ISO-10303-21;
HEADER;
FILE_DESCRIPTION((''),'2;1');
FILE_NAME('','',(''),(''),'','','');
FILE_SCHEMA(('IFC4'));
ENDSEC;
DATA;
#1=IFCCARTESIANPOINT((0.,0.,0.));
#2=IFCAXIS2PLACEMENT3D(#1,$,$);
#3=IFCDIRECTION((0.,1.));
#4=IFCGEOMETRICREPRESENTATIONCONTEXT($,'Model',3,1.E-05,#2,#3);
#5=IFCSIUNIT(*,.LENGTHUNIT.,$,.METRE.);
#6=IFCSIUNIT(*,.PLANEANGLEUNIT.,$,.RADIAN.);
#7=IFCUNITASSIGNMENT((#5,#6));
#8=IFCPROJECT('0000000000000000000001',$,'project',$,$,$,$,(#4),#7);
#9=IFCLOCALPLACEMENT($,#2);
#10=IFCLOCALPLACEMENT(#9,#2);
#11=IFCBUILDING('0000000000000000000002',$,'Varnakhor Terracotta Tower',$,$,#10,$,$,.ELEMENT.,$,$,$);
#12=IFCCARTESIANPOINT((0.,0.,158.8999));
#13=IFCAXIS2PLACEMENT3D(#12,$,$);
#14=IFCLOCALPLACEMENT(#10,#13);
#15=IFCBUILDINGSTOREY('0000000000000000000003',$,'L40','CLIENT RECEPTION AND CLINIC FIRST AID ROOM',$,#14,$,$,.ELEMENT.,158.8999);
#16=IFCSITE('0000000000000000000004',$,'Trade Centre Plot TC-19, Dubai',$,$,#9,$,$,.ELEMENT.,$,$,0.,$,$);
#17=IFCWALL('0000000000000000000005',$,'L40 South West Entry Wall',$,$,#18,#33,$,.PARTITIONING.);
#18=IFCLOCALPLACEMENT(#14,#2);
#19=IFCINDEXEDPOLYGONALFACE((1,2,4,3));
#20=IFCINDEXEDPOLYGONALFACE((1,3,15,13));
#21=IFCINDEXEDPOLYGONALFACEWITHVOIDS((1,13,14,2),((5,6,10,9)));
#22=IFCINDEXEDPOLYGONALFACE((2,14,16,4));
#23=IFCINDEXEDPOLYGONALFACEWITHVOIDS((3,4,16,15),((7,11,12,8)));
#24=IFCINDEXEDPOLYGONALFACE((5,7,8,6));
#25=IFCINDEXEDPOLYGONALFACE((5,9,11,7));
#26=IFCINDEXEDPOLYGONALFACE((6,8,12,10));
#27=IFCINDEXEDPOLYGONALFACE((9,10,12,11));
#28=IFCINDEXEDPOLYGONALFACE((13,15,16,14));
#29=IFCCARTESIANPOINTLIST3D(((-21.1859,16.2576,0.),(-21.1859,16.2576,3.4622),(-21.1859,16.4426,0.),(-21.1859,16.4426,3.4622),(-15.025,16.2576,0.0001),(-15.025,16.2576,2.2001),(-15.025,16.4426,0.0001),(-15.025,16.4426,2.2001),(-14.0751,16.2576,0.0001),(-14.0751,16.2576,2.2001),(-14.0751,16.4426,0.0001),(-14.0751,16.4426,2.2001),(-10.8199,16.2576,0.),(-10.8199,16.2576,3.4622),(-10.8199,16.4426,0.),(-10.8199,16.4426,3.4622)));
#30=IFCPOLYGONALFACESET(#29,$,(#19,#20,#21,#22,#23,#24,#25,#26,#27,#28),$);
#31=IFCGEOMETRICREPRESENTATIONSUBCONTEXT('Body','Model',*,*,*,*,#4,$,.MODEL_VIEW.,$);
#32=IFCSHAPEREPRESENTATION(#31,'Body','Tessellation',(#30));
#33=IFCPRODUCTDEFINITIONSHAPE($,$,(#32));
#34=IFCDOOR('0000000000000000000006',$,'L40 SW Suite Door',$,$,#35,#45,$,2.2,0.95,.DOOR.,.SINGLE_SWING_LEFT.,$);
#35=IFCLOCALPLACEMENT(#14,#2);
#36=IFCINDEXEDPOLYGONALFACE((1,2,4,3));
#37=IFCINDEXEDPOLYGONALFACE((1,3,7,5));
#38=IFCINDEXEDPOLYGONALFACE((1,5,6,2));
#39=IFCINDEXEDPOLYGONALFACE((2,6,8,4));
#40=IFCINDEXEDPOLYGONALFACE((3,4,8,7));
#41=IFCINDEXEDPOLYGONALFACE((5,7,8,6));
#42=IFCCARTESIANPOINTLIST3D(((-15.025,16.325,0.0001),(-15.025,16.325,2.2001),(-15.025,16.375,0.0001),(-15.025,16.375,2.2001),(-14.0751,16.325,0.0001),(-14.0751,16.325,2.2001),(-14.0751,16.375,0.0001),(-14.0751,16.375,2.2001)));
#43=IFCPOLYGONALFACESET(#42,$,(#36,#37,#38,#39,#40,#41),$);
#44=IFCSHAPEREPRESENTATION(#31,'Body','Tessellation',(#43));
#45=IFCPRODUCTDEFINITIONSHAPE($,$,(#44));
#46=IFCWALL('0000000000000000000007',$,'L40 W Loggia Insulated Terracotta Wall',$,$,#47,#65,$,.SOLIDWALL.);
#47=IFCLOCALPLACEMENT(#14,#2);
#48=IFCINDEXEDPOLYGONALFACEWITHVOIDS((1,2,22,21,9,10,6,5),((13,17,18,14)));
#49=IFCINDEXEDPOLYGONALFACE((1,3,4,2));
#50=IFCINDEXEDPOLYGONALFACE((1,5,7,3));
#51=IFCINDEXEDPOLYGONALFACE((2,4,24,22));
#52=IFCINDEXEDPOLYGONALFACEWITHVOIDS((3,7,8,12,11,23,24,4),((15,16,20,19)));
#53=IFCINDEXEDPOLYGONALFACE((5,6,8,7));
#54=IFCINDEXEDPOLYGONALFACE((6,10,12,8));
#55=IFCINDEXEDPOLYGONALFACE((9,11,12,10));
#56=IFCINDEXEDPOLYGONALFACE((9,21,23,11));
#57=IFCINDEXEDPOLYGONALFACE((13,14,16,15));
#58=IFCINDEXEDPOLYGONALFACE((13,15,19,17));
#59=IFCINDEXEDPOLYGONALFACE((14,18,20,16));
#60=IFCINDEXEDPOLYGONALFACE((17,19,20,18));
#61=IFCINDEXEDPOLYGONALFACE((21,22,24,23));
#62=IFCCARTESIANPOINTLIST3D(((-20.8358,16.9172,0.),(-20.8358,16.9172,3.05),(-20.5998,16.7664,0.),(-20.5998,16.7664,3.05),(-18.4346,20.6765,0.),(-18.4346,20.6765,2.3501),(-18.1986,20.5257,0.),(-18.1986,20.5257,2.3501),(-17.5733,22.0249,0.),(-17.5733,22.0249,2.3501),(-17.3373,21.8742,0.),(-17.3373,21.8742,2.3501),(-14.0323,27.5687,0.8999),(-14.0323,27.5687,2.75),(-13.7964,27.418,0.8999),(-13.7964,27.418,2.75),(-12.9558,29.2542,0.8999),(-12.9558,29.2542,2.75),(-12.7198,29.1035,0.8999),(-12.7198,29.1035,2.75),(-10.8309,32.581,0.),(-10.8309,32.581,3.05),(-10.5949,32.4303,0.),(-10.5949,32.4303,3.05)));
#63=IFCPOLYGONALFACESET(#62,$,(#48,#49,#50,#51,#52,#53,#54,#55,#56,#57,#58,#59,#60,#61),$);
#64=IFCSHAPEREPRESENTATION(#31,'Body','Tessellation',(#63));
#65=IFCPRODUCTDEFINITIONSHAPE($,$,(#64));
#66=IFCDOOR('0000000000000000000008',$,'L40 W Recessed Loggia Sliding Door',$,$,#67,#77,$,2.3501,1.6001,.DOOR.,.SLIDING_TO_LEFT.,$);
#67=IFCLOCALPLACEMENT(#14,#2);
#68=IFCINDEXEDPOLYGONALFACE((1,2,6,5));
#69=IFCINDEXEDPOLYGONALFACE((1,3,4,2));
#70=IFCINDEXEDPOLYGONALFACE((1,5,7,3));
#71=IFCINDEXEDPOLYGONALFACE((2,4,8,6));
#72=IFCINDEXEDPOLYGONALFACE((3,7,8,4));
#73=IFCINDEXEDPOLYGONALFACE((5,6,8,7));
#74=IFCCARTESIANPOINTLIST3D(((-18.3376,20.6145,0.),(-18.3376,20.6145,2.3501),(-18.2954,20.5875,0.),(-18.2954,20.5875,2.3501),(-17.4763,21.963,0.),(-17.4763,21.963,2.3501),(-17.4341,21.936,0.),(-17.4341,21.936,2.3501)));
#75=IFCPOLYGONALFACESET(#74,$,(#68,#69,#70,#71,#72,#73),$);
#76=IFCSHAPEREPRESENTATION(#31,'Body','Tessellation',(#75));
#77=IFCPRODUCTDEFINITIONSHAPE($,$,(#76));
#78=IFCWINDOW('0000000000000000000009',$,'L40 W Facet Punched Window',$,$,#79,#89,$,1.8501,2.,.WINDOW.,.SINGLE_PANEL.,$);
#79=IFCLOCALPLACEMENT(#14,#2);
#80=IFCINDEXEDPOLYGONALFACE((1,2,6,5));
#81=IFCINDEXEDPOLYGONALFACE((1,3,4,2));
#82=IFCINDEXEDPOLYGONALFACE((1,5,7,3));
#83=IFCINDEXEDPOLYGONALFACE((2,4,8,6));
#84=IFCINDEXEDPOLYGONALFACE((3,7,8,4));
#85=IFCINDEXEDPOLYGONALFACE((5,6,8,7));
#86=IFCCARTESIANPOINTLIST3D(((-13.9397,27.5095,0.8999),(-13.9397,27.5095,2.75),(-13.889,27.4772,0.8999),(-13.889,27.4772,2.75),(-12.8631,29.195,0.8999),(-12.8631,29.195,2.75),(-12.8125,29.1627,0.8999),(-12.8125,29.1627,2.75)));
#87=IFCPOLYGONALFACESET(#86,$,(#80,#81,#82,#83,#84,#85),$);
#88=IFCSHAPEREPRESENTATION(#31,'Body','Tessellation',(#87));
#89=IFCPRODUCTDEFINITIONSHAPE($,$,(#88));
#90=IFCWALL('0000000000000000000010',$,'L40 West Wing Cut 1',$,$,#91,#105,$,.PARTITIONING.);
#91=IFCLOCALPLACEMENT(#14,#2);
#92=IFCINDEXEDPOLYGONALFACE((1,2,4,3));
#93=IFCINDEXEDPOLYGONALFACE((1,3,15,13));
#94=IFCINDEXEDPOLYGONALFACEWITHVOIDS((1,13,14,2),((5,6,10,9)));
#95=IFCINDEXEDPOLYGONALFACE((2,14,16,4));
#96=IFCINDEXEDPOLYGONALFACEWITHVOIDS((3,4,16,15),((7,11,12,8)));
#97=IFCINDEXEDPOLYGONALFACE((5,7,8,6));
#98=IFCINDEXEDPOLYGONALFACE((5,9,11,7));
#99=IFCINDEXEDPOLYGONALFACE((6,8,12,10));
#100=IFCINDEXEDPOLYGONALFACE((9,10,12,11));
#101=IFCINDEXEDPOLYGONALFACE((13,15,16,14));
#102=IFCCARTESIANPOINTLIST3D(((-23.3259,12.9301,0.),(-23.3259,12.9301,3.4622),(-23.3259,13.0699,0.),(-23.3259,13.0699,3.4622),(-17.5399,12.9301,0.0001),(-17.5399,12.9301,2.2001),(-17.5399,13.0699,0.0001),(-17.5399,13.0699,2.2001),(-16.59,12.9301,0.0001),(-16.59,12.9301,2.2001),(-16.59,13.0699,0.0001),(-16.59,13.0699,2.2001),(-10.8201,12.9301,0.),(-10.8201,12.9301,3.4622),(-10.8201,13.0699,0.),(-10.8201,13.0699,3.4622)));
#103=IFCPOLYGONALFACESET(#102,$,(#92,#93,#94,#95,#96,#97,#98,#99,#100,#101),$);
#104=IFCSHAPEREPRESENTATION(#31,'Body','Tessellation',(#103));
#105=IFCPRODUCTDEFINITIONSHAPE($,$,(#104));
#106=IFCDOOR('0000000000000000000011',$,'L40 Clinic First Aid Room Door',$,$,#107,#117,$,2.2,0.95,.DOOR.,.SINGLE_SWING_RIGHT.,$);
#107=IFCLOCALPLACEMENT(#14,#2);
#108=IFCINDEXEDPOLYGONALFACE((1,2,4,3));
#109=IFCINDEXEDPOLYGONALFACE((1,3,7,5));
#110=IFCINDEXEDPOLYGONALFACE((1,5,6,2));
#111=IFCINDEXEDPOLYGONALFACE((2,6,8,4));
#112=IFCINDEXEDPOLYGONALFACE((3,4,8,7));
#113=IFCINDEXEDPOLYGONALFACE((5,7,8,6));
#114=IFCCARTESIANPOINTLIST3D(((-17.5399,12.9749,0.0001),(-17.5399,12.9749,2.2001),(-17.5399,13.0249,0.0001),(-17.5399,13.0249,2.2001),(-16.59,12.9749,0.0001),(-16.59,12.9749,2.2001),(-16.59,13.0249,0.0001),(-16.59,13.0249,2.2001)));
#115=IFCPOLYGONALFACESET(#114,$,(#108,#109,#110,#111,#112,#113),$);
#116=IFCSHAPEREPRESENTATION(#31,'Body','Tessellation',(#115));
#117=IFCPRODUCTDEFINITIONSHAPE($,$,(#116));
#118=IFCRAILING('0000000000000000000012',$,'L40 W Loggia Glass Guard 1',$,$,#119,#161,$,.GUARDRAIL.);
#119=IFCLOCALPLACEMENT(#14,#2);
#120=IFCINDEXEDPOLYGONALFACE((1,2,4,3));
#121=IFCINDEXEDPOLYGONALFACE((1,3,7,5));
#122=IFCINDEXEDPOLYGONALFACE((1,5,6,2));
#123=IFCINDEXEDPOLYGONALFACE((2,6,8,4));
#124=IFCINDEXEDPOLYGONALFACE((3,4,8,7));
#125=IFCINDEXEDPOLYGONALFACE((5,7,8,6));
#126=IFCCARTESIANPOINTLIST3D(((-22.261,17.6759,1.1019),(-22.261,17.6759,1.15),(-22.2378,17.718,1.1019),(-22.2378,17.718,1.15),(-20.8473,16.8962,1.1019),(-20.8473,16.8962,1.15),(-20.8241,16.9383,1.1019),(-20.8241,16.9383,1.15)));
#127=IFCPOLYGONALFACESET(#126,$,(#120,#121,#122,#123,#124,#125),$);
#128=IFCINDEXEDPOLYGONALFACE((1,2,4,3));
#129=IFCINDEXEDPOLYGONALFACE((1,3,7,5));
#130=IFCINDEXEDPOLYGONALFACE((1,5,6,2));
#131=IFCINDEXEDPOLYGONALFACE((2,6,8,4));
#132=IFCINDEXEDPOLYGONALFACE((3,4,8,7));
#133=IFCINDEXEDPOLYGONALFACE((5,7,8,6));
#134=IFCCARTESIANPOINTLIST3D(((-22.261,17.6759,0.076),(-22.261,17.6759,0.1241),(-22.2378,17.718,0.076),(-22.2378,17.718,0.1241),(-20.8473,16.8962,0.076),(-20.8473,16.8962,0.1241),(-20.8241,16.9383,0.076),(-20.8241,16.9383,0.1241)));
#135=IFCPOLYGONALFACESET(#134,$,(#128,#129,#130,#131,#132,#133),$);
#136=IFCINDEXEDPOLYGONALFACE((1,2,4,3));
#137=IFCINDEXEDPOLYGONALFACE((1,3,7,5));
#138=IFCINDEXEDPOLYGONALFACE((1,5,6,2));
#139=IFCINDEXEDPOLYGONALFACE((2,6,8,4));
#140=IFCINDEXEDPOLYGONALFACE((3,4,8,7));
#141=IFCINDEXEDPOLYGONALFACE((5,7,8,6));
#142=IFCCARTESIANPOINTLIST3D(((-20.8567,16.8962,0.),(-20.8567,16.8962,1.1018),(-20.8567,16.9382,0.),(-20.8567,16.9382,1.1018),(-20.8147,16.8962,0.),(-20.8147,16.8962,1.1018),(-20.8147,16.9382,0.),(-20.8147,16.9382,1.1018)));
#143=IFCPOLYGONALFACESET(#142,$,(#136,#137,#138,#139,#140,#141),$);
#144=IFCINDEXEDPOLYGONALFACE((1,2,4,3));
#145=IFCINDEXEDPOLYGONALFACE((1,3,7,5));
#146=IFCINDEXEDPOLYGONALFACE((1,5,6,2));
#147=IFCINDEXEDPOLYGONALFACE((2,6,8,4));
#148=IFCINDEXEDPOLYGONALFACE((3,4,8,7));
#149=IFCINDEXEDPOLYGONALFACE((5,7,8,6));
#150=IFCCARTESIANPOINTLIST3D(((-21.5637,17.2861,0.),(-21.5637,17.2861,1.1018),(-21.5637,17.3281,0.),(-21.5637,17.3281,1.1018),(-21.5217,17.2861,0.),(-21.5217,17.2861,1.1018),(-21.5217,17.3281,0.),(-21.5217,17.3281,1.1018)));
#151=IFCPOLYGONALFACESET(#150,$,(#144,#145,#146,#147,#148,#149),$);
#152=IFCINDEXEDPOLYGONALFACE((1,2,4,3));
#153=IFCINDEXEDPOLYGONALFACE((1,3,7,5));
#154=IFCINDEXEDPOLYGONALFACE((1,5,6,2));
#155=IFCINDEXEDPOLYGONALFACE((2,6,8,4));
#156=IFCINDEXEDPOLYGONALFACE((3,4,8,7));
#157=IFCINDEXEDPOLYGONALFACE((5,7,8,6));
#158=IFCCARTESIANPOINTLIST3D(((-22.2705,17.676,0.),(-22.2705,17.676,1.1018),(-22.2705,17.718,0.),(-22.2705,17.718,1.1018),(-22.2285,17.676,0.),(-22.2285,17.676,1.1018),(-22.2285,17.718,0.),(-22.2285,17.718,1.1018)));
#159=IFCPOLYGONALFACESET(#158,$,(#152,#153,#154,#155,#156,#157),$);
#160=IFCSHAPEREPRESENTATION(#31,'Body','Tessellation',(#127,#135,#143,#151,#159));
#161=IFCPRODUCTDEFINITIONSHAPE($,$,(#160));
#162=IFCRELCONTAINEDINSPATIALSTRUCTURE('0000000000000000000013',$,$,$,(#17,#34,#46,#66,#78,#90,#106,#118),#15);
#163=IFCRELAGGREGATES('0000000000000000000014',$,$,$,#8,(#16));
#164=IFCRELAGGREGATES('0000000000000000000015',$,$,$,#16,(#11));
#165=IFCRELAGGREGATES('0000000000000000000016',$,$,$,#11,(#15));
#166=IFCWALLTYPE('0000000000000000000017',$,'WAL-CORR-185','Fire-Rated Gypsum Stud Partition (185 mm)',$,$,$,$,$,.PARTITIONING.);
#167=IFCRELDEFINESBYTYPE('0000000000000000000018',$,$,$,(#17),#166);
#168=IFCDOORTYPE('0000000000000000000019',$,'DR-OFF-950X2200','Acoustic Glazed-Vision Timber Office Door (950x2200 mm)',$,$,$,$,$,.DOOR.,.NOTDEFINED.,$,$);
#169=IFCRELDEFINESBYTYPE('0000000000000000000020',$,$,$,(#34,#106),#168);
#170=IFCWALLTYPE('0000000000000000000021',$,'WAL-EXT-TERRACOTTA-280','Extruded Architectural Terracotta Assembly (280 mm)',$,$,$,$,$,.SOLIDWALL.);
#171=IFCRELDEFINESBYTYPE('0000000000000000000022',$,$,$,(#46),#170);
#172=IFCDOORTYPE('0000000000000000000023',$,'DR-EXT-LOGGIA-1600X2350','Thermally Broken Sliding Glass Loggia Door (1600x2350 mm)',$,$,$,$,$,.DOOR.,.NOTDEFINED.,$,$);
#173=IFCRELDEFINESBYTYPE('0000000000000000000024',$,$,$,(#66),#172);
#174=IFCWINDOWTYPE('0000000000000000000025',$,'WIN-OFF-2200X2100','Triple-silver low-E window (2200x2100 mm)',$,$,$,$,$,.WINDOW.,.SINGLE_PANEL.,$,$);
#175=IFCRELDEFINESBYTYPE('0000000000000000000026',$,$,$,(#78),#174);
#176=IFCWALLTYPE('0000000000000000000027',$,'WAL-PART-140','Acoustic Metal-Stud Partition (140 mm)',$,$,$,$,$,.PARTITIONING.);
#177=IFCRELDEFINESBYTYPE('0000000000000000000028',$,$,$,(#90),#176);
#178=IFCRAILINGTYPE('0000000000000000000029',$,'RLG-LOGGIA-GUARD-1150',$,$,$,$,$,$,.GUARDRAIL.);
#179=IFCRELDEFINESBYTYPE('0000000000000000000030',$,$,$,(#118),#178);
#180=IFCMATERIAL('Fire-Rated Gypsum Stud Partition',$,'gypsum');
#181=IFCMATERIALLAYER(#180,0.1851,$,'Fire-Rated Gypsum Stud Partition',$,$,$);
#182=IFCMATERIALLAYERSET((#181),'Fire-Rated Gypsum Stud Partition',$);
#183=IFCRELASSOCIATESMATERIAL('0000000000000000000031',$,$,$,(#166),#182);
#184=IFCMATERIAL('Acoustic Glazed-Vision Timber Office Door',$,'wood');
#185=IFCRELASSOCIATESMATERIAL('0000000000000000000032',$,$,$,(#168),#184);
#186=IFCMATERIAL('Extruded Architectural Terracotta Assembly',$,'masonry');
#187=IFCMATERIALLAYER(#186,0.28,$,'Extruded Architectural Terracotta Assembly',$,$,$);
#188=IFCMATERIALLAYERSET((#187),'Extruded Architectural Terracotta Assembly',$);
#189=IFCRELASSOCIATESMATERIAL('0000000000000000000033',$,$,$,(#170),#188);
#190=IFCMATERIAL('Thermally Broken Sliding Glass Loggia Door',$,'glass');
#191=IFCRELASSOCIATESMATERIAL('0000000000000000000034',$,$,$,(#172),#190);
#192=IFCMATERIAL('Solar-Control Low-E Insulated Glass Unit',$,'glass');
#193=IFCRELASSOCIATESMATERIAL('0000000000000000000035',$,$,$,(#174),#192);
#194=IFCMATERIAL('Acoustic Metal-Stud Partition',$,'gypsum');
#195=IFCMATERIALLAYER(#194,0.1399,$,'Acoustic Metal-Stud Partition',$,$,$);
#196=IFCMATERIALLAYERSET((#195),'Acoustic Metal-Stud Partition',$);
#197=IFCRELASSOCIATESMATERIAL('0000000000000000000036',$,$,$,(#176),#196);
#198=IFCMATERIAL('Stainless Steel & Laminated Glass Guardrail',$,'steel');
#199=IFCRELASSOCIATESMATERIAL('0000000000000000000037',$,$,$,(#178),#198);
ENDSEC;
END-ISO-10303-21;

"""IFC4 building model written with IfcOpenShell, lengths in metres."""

from ifc_helpers import new_model, si_unit, direction, frame, frame_2d, origin, origin_2d, place, context, subcontext, project, spatial, rectangle, extrude, source, transform, mapped, material, layer, layer_set, type_object, type_shapes, element, fill, save


model = new_model("IFC4")

# Units and contexts
model_context = context("Model", 3, precision=1e-05, world=origin(), true_north=direction((0.0, 1.0)))
body_context = subcontext(model_context, "Body", "Model", "MODEL_VIEW")
ifc_project = project(units=[si_unit("LENGTHUNIT", "METRE"), si_unit("PLANEANGLEUNIT", "RADIAN")], contexts=[model_context])

# Site, building, storey
site_placement = place(None, origin())
site = spatial("IfcSite", under=ifc_project, at=site_placement, Name="Trade Centre Plot TC-19, Dubai", CompositionType="ELEMENT", RefElevation=0.0)
building_placement = place(site_placement, origin())
building = spatial("IfcBuilding", under=site, at=building_placement, Name="Varnakhor Terracotta Tower", CompositionType="ELEMENT")
storey_placement = place(building_placement, frame((0.0, 0.0, 158.8999)))
storey = spatial("IfcBuildingStorey", under=building, at=storey_placement, Name="L40", Description="CLIENT RECEPTION AND CLINIC FIRST AID ROOM", CompositionType="ELEMENT", Elevation=158.8999)

# Wall, opening, door
ifc_material_1 = material(Name="Fire-Rated Gypsum Stud Partition", Category="gypsum")
ifc_layer_1 = layer(ifc_material_1, 0.1851, Name="Fire-Rated Gypsum Stud Partition")
ifc_layer_set_1 = layer_set([ifc_layer_1], Name="Fire-Rated Gypsum Stud Partition")
wall_type_1 = type_object("IfcWallType", Name="WAL-CORR-185", Description="Fire-Rated Gypsum Stud Partition (185 mm)", PredefinedType="PARTITIONING", material=ifc_layer_set_1)
wall_1_placement = place(storey_placement, frame((-21.186, 16.3501, 0.0), z_axis=(0.0, 0.0, 1.0), x_axis=(1.0, 0.0, 0.0)))
wall_1 = element("IfcWall", 1, at=wall_1_placement, inside=storey, type_object=wall_type_1, Name="L40 South West Entry Wall", PredefinedType="PARTITIONING", context=body_context, shape_type="SweptSolid", body=[
    extrude(rectangle(XDim=10.366, YDim=0.1851, at=frame_2d((5.1831, 0.0))), origin(), (0.0, 0.0, 1.0), 3.4622),
])
opening_1_placement = place(wall_1_placement, frame((6.1609, 0.0, 0.0)))
opening_1 = element("IfcOpeningElement", 2, at=opening_1_placement, cuts=wall_1, PredefinedType="OPENING", context=body_context, shape_type="SweptSolid", body=[
    extrude(rectangle(XDim=0.95, YDim=2.2, at=frame_2d((0.4751, 1.1001))), frame((0.0, 0.1025, 0.0), z_axis=(0.0, -1.0, 0.0), x_axis=(1.0, 0.0, 0.0)), (0.0, 0.0, 1.0), 0.2051),
])
ifc_material_2 = material(Name="Acoustic Glazed-Vision Timber Office Door", Category="wood")
door_type_1 = type_object("IfcDoorType", Name="DR-OFF-950X2200", Description="Acoustic Glazed-Vision Timber Office Door (950x2200 mm)", OperationType="NOTDEFINED", PredefinedType="DOOR", material=ifc_material_2)
shared_shape_1 = source(origin(), body_context, "Body", "SweptSolid", [
    extrude(rectangle(XDim=0.95, YDim=2.2, at=frame_2d((0.4751, 1.1001))), frame((0.0, 0.0249, 0.0), z_axis=(0.0, -1.0, 0.0), x_axis=(1.0, 0.0, 0.0)), (0.0, 0.0, 1.0), 0.05),
])
type_shapes(door_type_1, [shared_shape_1])
door_1_placement = place(opening_1_placement, origin())
door_1 = element("IfcDoor", 3, at=door_1_placement, inside=storey, type_object=door_type_1, Name="L40 SW Suite Door", OperationType="SINGLE_SWING_LEFT", OverallHeight=2.2, OverallWidth=0.95, PredefinedType="DOOR", context=body_context, shape_type="MappedRepresentation", body=[
    mapped(shared_shape_1, transform((0.0, 0.0, 0.0), scale=1.0)),
])
fill(opening_1, door_1)

# Wall, openings, door, window
ifc_material_3 = material(Name="Extruded Architectural Terracotta Assembly", Category="masonry")
ifc_layer_2 = layer(ifc_material_3, 0.28, Name="Extruded Architectural Terracotta Assembly")
ifc_layer_set_2 = layer_set([ifc_layer_2], Name="Extruded Architectural Terracotta Assembly")
wall_type_2 = type_object("IfcWallType", Name="WAL-EXT-TERRACOTTA-280", Description="Extruded Architectural Terracotta Assembly (280 mm)", PredefinedType="SOLIDWALL", material=ifc_layer_set_2)
wall_2_placement = place(storey_placement, frame((-20.7178, 16.8418, 0.0), z_axis=(0.0, 0.0, 1.0), x_axis=(0.538292, 0.842759, 0.0)))
wall_2 = element("IfcWall", 4, at=wall_2_placement, inside=storey, type_object=wall_type_2, Name="L40 W Loggia Insulated Terracotta Wall", PredefinedType="SOLIDWALL", context=body_context, shape_type="SweptSolid", body=[
    extrude(rectangle(XDim=18.5864, YDim=0.28, at=frame_2d((9.2932, 0.0))), origin(), (0.0, 0.0, 1.0), 3.05),
])
opening_2_placement = place(wall_2_placement, frame((4.4607, 0.0, 0.0)))
opening_2 = element("IfcOpeningElement", 5, at=opening_2_placement, cuts=wall_2, PredefinedType="OPENING", context=body_context, shape_type="SweptSolid", body=[
    extrude(rectangle(XDim=1.6001, YDim=2.3501, at=frame_2d((0.8, 1.175))), frame((0.0, 0.1499, 0.0), z_axis=(0.0, -1.0, 0.0), x_axis=(1.0, 0.0, 0.0)), (0.0, 0.0, 1.0), 0.3),
])
opening_3_placement = place(wall_2_placement, frame((12.6389, 0.0, 0.8999)))
opening_3 = element("IfcOpeningElement", 6, at=opening_3_placement, cuts=wall_2, PredefinedType="OPENING", context=body_context, shape_type="SweptSolid", body=[
    extrude(rectangle(XDim=2.0, YDim=1.8501, at=frame_2d((1.0, 0.925))), frame((0.0, 0.1499, 0.0), z_axis=(0.0, -1.0, 0.0), x_axis=(1.0, 0.0, 0.0)), (0.0, 0.0, 1.0), 0.3),
])
ifc_material_4 = material(Name="Thermally Broken Sliding Glass Loggia Door", Category="glass")
door_type_2 = type_object("IfcDoorType", Name="DR-EXT-LOGGIA-1600X2350", Description="Thermally Broken Sliding Glass Loggia Door (1600x2350 mm)", OperationType="NOTDEFINED", PredefinedType="DOOR", material=ifc_material_4)
shared_shape_2 = source(origin(), body_context, "Body", "SweptSolid", [
    extrude(rectangle(XDim=1.6001, YDim=2.3501, at=frame_2d((0.8, 1.175))), frame((0.0, 0.0249, 0.0), z_axis=(0.0, -1.0, 0.0), x_axis=(1.0, 0.0, 0.0)), (0.0, 0.0, 1.0), 0.05),
])
type_shapes(door_type_2, [shared_shape_2])
door_2_placement = place(opening_2_placement, origin())
door_2 = element("IfcDoor", 7, at=door_2_placement, inside=storey, type_object=door_type_2, Name="L40 W Recessed Loggia Sliding Door", OperationType="SLIDING_TO_LEFT", OverallHeight=2.3501, OverallWidth=1.6001, PredefinedType="DOOR", context=body_context, shape_type="MappedRepresentation", body=[
    mapped(shared_shape_2, transform((0.0, 0.0, 0.0), scale=1.0)),
])
fill(opening_2, door_2)
ifc_material_5 = material(Name="Solar-Control Low-E Insulated Glass Unit", Category="glass")
window_type = type_object("IfcWindowType", Name="WIN-OFF-2200X2100", Description="Triple-silver low-E window (2200x2100 mm)", PartitioningType="SINGLE_PANEL", PredefinedType="WINDOW", material=ifc_material_5)
shared_shape_3 = source(origin(), body_context, "Body", "SweptSolid", [
    extrude(rectangle(XDim=2.0, YDim=1.8501, at=frame_2d((1.0, 0.925))), frame((0.0, 0.03, 0.0), z_axis=(0.0, -1.0, 0.0), x_axis=(1.0, 0.0, 0.0)), (0.0, 0.0, 1.0), 0.0601),
])
type_shapes(window_type, [shared_shape_3])
window_placement = place(opening_3_placement, origin())
window = element("IfcWindow", 8, at=window_placement, inside=storey, type_object=window_type, Name="L40 W Facet Punched Window", OverallHeight=1.8501, OverallWidth=2.0, PartitioningType="SINGLE_PANEL", PredefinedType="WINDOW", context=body_context, shape_type="MappedRepresentation", body=[
    mapped(shared_shape_3, transform((0.0, 0.0, 0.0), scale=1.0)),
])
fill(opening_3, window)

# Wall, opening, door
ifc_material_6 = material(Name="Acoustic Metal-Stud Partition", Category="gypsum")
ifc_layer_3 = layer(ifc_material_6, 0.1399, Name="Acoustic Metal-Stud Partition")
ifc_layer_set_3 = layer_set([ifc_layer_3], Name="Acoustic Metal-Stud Partition")
wall_type_3 = type_object("IfcWallType", Name="WAL-PART-140", Description="Acoustic Metal-Stud Partition (140 mm)", PredefinedType="PARTITIONING", material=ifc_layer_set_3)
wall_3_placement = place(storey_placement, frame((-23.3259, 13.0, 0.0), z_axis=(0.0, 0.0, 1.0), x_axis=(1.0, 0.0, 0.0)))
wall_3 = element("IfcWall", 9, at=wall_3_placement, inside=storey, type_object=wall_type_3, Name="L40 West Wing Cut 1", PredefinedType="PARTITIONING", context=body_context, shape_type="SweptSolid", body=[
    extrude(rectangle(XDim=12.5059, YDim=0.1399, at=frame_2d((6.2529, 0.0))), origin(), (0.0, 0.0, 1.0), 3.4622),
])
opening_4_placement = place(wall_3_placement, frame((5.7859, 0.0, 0.0)))
opening_4 = element("IfcOpeningElement", 10, at=opening_4_placement, cuts=wall_3, PredefinedType="OPENING", context=body_context, shape_type="SweptSolid", body=[
    extrude(rectangle(XDim=0.95, YDim=2.2, at=frame_2d((0.4751, 1.1001))), frame((0.0, 0.0801, 0.0), z_axis=(0.0, -1.0, 0.0), x_axis=(1.0, 0.0, 0.0)), (0.0, 0.0, 1.0), 0.1599),
])
door_3_placement = place(opening_4_placement, origin())
door_3 = element("IfcDoor", 11, at=door_3_placement, inside=storey, type_object=door_type_1, Name="L40 Clinic First Aid Room Door", OperationType="SINGLE_SWING_RIGHT", OverallHeight=2.2, OverallWidth=0.95, PredefinedType="DOOR", context=body_context, shape_type="MappedRepresentation", body=[
    mapped(shared_shape_1, transform((0.0, 0.0, 0.0), scale=1.0)),
])
fill(opening_4, door_3)

# Railing
ifc_material_7 = material(Name="Stainless Steel & Laminated Glass Guardrail", Category="steel")
railing_type = type_object("IfcRailingType", Name="RLG-LOGGIA-GUARD-1150", PredefinedType="GUARDRAIL", material=ifc_material_7)
railing_1_placement = place(storey_placement, frame((-20.8357, 16.9172, 0.0)))
element("IfcRailing", 12, at=railing_1_placement, inside=storey, type_object=railing_type, Name="L40 W Loggia Glass Guard 1", PredefinedType="GUARDRAIL", context=body_context, shape_type="SweptSolid", body=[
    extrude(rectangle(XDim=0.0481, YDim=0.0481, at=origin_2d()), frame((0.0, 0.0, 1.126), z_axis=(-0.875644, 0.482957, 0.0), x_axis=(-0.482957, -0.875644, 0.0)), (0.0, 0.0, 1.0), 1.6145),
    extrude(rectangle(XDim=0.0481, YDim=0.0481, at=origin_2d()), frame((0.0, 0.0, 0.1001), z_axis=(-0.875644, 0.482957, 0.0), x_axis=(-0.482957, -0.875644, 0.0)), (0.0, 0.0, 1.0), 1.6145),
    extrude(rectangle(XDim=0.042, YDim=0.042, at=origin_2d()), origin(), (0.0, 0.0, 1.0), 1.1018),
    extrude(rectangle(XDim=0.042, YDim=0.042, at=origin_2d()), frame((-0.707, 0.3899, 0.0)), (0.0, 0.0, 1.0), 1.1018),
    extrude(rectangle(XDim=0.042, YDim=0.042, at=origin_2d()), frame((-1.4138, 0.7798, 0.0)), (0.0, 0.0, 1.0), 1.1018),
])

save(model, "model.ifc")
